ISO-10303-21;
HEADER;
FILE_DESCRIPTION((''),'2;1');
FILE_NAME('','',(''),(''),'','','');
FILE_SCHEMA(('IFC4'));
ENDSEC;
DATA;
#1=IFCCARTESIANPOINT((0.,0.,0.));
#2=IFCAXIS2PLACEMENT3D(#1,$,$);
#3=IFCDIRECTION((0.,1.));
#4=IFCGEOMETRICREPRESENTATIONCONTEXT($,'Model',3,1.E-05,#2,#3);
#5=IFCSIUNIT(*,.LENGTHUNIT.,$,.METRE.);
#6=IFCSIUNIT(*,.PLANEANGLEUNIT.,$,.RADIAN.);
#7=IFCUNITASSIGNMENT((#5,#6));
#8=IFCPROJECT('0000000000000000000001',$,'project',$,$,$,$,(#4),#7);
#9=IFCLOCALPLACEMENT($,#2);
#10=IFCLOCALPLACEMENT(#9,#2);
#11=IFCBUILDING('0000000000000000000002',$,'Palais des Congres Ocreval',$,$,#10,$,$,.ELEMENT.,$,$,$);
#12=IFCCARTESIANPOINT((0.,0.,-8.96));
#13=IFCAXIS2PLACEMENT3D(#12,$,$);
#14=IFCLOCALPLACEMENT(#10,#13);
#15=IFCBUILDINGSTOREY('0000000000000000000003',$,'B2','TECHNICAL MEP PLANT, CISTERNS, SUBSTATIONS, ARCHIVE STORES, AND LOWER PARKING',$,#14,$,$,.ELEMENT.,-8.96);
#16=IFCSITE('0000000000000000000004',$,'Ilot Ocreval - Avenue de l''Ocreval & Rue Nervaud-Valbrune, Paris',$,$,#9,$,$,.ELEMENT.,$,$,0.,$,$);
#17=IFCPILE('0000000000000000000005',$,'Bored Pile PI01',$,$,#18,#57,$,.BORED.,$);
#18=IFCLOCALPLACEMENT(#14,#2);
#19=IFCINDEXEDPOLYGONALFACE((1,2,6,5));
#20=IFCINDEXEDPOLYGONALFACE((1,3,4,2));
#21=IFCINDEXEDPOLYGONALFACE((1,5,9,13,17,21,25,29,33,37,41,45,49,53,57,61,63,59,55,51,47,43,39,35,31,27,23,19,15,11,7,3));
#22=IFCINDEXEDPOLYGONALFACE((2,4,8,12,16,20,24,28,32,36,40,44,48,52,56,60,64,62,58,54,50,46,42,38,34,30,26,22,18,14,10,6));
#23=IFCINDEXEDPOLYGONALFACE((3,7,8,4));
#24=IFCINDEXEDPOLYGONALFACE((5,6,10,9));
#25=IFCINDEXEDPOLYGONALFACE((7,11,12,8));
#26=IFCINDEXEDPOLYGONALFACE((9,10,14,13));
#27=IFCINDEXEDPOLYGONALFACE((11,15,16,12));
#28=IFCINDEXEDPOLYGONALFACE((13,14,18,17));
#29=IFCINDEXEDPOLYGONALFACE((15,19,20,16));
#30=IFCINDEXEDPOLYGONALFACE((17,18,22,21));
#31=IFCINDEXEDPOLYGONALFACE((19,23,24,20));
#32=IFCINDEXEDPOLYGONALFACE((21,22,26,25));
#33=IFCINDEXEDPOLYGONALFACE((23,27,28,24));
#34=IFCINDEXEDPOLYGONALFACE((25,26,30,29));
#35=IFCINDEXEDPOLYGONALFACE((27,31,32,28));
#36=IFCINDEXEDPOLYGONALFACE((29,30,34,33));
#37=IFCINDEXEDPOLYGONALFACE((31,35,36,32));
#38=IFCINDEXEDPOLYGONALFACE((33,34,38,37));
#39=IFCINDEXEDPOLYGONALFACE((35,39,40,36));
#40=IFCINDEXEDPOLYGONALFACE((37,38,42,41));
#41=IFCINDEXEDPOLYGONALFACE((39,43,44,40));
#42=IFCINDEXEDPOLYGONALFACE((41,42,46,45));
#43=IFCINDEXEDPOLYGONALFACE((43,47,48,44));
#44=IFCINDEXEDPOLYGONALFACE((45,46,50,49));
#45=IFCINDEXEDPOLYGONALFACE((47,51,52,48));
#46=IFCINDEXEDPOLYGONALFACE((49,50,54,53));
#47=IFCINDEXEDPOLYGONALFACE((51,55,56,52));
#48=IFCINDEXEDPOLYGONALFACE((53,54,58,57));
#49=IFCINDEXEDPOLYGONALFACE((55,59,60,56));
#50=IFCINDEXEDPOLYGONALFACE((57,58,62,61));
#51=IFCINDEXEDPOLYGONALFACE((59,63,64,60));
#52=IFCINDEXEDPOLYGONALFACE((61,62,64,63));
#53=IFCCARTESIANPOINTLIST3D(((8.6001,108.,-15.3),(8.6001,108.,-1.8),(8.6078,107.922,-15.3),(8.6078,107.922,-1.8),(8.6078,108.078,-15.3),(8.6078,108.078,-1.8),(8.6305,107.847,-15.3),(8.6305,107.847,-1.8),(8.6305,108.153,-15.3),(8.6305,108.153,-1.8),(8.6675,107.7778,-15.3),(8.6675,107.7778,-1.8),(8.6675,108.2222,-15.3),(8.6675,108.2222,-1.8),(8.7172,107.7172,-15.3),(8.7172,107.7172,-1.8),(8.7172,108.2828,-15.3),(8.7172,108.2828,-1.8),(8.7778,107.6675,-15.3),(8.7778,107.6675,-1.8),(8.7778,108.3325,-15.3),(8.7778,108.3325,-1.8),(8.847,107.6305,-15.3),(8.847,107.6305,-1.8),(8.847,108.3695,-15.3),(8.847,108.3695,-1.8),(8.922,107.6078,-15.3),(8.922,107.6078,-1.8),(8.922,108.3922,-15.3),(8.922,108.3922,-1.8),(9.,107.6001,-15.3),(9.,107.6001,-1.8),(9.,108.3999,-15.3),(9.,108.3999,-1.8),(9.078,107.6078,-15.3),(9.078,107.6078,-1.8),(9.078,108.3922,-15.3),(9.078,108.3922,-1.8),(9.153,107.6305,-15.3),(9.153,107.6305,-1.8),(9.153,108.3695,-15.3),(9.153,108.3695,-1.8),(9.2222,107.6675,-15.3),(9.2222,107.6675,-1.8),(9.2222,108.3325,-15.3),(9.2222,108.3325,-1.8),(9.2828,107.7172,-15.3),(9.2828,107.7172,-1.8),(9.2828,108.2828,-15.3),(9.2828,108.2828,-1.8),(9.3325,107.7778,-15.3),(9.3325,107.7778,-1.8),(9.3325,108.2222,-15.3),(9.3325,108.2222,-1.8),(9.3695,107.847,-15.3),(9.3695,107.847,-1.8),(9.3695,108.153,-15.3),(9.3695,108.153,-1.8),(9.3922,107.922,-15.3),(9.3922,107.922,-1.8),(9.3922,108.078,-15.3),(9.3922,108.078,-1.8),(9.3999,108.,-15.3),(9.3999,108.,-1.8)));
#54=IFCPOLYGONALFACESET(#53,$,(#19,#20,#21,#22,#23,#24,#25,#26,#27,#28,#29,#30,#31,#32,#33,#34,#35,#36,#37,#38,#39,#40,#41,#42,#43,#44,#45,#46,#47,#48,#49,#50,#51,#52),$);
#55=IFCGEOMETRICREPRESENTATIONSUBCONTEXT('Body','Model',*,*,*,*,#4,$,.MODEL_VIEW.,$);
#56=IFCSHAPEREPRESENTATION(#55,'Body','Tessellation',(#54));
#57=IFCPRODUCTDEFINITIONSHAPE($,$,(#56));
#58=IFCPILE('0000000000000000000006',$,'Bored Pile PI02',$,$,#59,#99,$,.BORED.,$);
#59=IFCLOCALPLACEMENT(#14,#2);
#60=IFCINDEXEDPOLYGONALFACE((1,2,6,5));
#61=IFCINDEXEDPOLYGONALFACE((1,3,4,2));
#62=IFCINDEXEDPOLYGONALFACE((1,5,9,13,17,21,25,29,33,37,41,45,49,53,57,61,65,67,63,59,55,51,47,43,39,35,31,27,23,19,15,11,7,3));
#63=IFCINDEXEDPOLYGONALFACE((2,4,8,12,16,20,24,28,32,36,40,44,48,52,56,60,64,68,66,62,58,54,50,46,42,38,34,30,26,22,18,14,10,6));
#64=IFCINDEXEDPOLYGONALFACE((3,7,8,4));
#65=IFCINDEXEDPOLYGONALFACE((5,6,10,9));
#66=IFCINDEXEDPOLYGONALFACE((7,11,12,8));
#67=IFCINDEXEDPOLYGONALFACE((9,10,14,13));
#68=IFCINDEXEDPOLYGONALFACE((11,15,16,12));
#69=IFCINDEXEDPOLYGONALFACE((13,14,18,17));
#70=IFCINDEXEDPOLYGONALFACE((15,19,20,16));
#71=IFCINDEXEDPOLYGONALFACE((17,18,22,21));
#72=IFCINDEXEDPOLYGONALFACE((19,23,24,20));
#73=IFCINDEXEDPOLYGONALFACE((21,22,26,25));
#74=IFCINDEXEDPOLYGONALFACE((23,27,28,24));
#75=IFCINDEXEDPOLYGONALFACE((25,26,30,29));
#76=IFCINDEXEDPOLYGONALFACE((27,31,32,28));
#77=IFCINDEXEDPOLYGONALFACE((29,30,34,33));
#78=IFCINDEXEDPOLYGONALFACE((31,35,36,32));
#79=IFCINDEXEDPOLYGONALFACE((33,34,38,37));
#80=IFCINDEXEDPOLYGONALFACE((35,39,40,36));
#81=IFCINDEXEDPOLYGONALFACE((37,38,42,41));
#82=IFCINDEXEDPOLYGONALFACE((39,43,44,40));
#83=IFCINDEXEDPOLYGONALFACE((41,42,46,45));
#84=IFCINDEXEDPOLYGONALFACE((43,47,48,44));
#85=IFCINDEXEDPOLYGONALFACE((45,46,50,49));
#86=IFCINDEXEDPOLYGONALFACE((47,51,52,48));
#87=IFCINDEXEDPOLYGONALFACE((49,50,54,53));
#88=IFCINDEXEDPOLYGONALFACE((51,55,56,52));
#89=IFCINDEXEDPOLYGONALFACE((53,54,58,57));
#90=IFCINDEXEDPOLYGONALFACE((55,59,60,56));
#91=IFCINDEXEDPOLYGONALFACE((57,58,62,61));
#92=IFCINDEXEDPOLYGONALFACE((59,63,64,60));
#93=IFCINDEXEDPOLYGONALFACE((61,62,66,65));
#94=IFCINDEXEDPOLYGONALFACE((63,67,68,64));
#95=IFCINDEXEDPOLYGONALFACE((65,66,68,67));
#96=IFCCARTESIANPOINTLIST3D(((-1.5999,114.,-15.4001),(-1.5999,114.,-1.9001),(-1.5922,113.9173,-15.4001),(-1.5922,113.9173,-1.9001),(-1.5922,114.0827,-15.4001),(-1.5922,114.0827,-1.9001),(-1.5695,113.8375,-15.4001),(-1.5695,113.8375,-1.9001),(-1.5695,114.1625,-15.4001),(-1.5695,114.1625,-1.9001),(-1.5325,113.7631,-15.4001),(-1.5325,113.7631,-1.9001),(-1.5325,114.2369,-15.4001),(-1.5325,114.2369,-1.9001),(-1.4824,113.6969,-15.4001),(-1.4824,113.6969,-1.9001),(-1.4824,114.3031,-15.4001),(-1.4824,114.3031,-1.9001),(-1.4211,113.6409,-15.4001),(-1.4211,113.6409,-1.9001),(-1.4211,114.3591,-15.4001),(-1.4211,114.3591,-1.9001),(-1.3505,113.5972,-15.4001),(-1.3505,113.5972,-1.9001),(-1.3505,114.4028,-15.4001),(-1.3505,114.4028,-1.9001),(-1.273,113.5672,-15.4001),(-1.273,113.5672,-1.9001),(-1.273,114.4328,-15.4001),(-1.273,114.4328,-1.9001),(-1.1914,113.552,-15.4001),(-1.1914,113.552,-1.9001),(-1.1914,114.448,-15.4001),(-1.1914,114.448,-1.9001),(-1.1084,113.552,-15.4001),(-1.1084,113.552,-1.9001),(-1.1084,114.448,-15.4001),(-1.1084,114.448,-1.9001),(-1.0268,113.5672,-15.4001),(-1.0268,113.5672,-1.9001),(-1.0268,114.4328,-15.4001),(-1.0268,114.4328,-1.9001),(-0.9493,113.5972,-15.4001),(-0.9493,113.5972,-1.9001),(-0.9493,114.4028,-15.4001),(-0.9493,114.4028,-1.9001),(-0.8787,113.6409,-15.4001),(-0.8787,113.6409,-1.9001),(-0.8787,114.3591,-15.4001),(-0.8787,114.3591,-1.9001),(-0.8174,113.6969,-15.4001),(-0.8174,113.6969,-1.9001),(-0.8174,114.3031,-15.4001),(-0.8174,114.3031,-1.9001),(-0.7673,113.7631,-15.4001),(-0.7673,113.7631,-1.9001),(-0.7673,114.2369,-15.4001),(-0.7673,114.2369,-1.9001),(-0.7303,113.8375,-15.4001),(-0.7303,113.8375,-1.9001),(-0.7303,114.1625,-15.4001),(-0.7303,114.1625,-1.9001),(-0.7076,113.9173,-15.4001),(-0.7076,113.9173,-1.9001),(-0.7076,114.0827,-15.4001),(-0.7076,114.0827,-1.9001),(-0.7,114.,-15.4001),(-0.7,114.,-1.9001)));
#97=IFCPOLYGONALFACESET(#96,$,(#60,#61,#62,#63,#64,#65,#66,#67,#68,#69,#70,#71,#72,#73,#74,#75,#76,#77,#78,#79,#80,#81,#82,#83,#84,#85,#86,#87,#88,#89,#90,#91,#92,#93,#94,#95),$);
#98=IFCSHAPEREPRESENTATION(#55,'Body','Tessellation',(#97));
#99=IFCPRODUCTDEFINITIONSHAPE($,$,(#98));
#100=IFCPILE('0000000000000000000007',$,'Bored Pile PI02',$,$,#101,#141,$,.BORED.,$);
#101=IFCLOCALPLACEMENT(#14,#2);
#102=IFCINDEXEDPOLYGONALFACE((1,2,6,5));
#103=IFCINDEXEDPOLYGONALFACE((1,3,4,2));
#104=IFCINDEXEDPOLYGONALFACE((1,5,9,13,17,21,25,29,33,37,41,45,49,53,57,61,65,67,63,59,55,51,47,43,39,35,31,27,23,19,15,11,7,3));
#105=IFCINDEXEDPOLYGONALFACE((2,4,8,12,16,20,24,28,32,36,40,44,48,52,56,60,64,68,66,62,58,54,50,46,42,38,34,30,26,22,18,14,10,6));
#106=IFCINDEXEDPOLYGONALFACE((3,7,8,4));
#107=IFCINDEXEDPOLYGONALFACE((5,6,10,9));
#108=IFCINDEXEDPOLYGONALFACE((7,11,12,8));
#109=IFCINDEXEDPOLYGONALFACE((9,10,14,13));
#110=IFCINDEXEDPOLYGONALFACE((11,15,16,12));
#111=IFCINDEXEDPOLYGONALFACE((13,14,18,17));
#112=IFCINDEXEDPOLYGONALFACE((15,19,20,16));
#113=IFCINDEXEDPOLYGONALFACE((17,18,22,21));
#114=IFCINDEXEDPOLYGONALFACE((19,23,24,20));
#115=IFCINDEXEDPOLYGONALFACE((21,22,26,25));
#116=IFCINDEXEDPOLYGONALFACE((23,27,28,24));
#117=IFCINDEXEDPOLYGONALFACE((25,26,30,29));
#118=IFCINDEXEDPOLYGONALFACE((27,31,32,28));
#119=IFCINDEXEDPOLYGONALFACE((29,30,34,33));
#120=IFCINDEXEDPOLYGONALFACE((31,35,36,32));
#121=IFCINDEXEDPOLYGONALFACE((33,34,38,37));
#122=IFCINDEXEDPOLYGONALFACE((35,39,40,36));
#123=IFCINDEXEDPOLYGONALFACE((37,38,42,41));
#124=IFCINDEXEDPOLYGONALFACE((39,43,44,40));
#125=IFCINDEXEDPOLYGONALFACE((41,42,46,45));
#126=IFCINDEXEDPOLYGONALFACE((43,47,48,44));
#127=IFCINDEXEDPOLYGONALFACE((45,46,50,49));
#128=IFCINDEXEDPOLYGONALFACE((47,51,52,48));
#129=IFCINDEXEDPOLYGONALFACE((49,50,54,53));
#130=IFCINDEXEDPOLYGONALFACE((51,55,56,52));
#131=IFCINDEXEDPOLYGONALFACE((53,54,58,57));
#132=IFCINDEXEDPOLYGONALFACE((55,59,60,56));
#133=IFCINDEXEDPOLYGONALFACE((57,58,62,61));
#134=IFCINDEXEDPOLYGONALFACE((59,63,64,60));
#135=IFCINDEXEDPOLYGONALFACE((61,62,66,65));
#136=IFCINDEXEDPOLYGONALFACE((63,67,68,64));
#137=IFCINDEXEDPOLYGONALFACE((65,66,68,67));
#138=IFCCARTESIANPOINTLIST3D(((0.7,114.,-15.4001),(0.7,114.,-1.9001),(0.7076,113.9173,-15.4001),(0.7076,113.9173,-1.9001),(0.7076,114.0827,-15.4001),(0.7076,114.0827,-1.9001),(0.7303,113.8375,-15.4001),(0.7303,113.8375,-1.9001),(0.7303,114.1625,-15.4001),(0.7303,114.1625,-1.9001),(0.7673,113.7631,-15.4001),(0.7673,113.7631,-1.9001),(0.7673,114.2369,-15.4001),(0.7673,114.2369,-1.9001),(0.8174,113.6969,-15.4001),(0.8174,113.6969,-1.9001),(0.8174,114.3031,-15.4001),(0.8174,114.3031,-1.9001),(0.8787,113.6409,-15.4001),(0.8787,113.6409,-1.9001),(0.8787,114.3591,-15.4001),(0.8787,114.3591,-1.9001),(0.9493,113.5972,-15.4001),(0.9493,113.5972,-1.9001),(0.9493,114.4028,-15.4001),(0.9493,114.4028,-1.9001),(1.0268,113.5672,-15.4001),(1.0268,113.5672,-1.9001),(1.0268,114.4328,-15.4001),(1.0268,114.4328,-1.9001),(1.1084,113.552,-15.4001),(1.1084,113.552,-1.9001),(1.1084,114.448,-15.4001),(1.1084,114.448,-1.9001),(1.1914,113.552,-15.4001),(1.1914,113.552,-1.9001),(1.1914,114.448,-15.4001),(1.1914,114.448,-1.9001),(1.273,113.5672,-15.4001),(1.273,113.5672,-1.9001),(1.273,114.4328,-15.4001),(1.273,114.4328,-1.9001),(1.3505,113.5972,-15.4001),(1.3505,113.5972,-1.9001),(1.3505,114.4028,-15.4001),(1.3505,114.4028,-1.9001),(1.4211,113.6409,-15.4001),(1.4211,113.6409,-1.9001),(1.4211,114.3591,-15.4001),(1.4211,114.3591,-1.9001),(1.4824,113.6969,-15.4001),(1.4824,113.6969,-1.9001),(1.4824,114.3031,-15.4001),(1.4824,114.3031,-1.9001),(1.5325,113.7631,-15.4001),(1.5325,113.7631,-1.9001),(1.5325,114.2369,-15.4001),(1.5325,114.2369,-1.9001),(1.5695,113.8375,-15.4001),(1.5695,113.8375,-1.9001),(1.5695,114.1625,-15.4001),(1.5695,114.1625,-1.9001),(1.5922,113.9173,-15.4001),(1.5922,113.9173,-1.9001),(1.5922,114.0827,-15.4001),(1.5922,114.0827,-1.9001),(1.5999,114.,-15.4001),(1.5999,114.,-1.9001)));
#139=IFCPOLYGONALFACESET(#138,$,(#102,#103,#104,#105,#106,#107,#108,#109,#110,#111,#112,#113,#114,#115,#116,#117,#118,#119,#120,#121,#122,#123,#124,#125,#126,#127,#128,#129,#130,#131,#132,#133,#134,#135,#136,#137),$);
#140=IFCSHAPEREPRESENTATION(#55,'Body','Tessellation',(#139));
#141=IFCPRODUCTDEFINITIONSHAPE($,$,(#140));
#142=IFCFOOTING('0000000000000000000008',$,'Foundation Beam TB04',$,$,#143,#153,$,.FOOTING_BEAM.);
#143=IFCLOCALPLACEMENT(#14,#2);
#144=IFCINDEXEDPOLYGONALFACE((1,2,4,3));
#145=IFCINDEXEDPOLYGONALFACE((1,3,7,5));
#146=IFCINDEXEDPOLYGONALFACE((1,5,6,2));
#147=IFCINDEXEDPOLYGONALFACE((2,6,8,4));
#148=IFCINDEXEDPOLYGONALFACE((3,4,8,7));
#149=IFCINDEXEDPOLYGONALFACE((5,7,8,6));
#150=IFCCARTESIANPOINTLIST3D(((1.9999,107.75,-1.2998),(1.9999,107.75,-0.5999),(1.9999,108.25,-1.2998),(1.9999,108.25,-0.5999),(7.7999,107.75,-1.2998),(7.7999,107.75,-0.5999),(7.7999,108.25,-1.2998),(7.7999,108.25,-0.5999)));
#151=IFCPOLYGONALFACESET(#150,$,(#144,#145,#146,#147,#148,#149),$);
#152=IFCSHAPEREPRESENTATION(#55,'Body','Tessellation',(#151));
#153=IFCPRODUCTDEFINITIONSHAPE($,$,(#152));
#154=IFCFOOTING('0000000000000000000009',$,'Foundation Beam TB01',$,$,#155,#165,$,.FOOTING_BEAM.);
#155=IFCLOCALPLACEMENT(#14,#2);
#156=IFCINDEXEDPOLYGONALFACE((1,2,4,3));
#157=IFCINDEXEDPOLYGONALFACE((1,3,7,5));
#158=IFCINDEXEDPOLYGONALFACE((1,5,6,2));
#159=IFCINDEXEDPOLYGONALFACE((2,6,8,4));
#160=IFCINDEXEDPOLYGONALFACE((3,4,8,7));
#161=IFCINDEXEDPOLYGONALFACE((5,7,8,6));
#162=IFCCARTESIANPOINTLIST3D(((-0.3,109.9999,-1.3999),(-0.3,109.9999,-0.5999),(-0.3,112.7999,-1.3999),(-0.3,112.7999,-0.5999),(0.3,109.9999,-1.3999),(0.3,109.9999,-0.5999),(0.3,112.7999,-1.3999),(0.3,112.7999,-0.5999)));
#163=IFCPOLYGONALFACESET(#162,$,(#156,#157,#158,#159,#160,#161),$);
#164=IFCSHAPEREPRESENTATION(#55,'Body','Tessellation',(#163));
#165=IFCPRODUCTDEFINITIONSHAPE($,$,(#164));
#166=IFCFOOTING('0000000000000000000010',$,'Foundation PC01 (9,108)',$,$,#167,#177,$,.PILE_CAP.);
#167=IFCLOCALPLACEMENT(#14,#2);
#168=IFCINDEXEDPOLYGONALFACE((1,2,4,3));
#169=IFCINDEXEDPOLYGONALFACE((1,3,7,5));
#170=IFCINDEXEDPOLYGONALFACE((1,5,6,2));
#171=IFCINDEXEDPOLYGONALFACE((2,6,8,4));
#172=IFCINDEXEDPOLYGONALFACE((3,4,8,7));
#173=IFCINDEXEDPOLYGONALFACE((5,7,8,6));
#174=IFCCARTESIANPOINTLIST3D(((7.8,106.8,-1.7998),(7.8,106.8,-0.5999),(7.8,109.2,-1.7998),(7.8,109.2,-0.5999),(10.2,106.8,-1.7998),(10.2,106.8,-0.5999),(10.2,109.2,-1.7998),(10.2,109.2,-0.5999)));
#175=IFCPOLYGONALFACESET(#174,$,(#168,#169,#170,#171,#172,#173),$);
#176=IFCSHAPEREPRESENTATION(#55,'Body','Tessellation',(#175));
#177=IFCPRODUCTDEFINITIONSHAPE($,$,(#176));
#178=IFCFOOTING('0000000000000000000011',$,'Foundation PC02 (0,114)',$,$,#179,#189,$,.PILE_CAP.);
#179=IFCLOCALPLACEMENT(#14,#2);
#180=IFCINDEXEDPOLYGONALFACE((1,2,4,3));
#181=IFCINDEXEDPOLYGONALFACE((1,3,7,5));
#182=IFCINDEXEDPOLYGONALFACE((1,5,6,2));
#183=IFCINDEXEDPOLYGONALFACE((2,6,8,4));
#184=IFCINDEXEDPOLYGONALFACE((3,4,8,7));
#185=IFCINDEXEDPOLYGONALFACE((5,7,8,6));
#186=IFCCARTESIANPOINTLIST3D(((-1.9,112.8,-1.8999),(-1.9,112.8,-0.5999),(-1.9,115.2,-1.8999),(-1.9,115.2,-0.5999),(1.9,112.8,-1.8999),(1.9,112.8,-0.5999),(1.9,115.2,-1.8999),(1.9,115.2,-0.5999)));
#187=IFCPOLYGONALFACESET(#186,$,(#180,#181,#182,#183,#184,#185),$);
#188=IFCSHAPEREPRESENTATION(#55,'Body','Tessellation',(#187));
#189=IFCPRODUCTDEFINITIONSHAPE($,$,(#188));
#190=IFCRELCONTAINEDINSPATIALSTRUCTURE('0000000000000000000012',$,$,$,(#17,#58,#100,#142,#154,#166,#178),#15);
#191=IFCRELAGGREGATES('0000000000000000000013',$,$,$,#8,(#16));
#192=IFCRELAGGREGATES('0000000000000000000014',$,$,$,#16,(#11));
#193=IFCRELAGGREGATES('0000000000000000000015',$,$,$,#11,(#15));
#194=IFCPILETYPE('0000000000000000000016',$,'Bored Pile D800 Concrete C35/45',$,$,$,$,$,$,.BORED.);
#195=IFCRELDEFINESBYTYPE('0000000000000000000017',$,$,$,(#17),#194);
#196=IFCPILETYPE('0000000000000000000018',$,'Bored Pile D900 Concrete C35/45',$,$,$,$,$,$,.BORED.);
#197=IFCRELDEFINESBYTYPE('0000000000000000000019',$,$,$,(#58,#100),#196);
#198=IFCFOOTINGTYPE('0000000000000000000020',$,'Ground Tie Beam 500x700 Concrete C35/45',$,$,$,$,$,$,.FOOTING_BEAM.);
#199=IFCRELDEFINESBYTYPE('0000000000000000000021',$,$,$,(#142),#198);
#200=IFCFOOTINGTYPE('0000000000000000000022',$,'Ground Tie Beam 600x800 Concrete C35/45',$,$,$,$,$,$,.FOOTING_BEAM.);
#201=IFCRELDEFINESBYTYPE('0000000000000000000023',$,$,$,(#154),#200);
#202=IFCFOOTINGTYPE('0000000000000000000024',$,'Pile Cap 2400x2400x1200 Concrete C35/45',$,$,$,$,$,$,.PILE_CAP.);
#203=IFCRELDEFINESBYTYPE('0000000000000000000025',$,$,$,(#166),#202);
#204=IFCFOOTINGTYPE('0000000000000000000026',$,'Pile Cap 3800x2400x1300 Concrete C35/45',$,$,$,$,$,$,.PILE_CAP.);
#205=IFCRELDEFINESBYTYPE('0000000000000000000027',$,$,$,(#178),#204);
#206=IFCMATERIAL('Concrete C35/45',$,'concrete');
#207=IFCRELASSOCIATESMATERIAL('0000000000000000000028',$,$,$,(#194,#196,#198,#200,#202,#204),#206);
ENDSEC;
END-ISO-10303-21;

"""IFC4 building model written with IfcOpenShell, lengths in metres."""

from ifc_helpers import new_model, si_unit, direction, frame, origin, origin_2d, place, context, subcontext, project, spatial, rectangle, circle, extrude, material, material_profile, profile_set, type_object, element, save


model = new_model("IFC4")

# Units and contexts
model_context = context("Model", 3, precision=1e-05, world=origin(), true_north=direction((0.0, 1.0)))
body_context = subcontext(model_context, "Body", "Model", "MODEL_VIEW")
ifc_project = project(units=[si_unit("LENGTHUNIT", "METRE"), si_unit("PLANEANGLEUNIT", "RADIAN")], contexts=[model_context])

# Site, building, storey
site_placement = place(None, origin())
site = spatial("IfcSite", under=ifc_project, at=site_placement, Name="Ilot Ocreval - Avenue de l'Ocreval & Rue Nervaud-Valbrune, Paris", CompositionType="ELEMENT", RefElevation=0.0)
building_placement = place(site_placement, origin())
building = spatial("IfcBuilding", under=site, at=building_placement, Name="Palais des Congres Ocreval", CompositionType="ELEMENT")
storey_placement = place(building_placement, frame((0.0, 0.0, -8.96)))
storey = spatial("IfcBuildingStorey", under=building, at=storey_placement, Name="B2", Description="TECHNICAL MEP PLANT, CISTERNS, SUBSTATIONS, ARCHIVE STORES, AND LOWER PARKING", CompositionType="ELEMENT", Elevation=-8.96)

# Piles
ifc_material_1 = material(Name="Concrete C35/45", Category="concrete")
ifc_material_profile_1 = material_profile(ifc_material_1, circle(Radius=0.3999, at=origin_2d()), Name="BORED PILE 800")
ifc_profile_set_1 = profile_set([ifc_material_profile_1], Name="Concrete C35/45")
pile_type_1 = type_object("IfcPileType", Name="Bored Pile D800 Concrete C35/45", PredefinedType="BORED", material=ifc_profile_set_1)
pile_placement = place(storey_placement, frame((9.0, 108.0, -1.8), z_axis=(0.0, 0.0, -1.0), x_axis=(1.0, 0.0, 0.0)))
element("IfcPile", 1, at=pile_placement, inside=storey, type_object=pile_type_1, Name="Bored Pile PI01", PredefinedType="BORED", context=body_context, shape_type="SweptSolid", body=[
    extrude(circle(Radius=0.3999, at=origin_2d()), origin(), (0.0, 0.0, 1.0), 13.5),
])
ifc_material_profile_2 = material_profile(ifc_material_1, circle(Radius=0.45, at=origin_2d()), Name="BORED PILE 900")
ifc_profile_set_2 = profile_set([ifc_material_profile_2], Name="Concrete C35/45")
pile_type_2 = type_object("IfcPileType", Name="Bored Pile D900 Concrete C35/45", PredefinedType="BORED", material=ifc_profile_set_2)
for number, where, z_axis, x_axis, name in (
    (2, (-1.1499, 114.0, -1.9001), (0.0, 0.0, -1.0), (1.0, 0.0, 0.0), "Bored Pile PI02"),
    (3, (1.1499, 114.0, -1.9001), (0.0, 0.0, -1.0), (1.0, 0.0, 0.0), "Bored Pile PI02"),
):
    element("IfcPile", number, at=place(storey_placement, frame(where, z_axis=z_axis, x_axis=x_axis)), inside=storey, type_object=pile_type_2, Name=name, PredefinedType="BORED", context=body_context, shape_type="SweptSolid", body=[
        extrude(circle(Radius=0.45, at=origin_2d()), origin(), (0.0, 0.0, 1.0), 13.5),
    ])

# Footings
footing_type_1 = type_object("IfcFootingType", Name="Ground Tie Beam 500x700 Concrete C35/45", PredefinedType="FOOTING_BEAM", material=ifc_material_1)
footing_1_placement = place(storey_placement, frame((4.8999, 108.0, -1.2998), z_axis=(0.0, 0.0, 1.0), x_axis=(1.0, 0.0, 0.0)))
element("IfcFooting", 4, at=footing_1_placement, inside=storey, type_object=footing_type_1, Name="Foundation Beam TB04", PredefinedType="FOOTING_BEAM", context=body_context, shape_type="SweptSolid", body=[
    extrude(rectangle(XDim=5.8, YDim=0.5, at=origin_2d()), origin(), (0.0, 0.0, 1.0), 0.7),
])
footing_type_2 = type_object("IfcFootingType", Name="Ground Tie Beam 600x800 Concrete C35/45", PredefinedType="FOOTING_BEAM", material=ifc_material_1)
footing_2_placement = place(storey_placement, frame((0.0, 111.3999, -1.3999), z_axis=(0.0, 0.0, 1.0), x_axis=(0.0, 1.0, 0.0)))
element("IfcFooting", 5, at=footing_2_placement, inside=storey, type_object=footing_type_2, Name="Foundation Beam TB01", PredefinedType="FOOTING_BEAM", context=body_context, shape_type="SweptSolid", body=[
    extrude(rectangle(XDim=2.8, YDim=0.6001, at=origin_2d()), origin(), (0.0, 0.0, 1.0), 0.8),
])
footing_type_3 = type_object("IfcFootingType", Name="Pile Cap 2400x2400x1200 Concrete C35/45", PredefinedType="PILE_CAP", material=ifc_material_1)
footing_3_placement = place(storey_placement, frame((9.0, 108.0, -1.7998), z_axis=(0.0, 0.0, 1.0), x_axis=(1.0, 0.0, 0.0)))
element("IfcFooting", 6, at=footing_3_placement, inside=storey, type_object=footing_type_3, Name="Foundation PC01 (9,108)", PredefinedType="PILE_CAP", context=body_context, shape_type="SweptSolid", body=[
    extrude(rectangle(XDim=2.3999, YDim=2.3999, at=origin_2d()), origin(), (0.0, 0.0, 1.0), 1.2),
])
footing_type_4 = type_object("IfcFootingType", Name="Pile Cap 3800x2400x1300 Concrete C35/45", PredefinedType="PILE_CAP", material=ifc_material_1)
footing_4_placement = place(storey_placement, frame((0.0, 114.0, -1.8999), z_axis=(0.0, 0.0, 1.0), x_axis=(1.0, 0.0, 0.0)))
element("IfcFooting", 7, at=footing_4_placement, inside=storey, type_object=footing_type_4, Name="Foundation PC02 (0,114)", PredefinedType="PILE_CAP", context=body_context, shape_type="SweptSolid", body=[
    extrude(rectangle(XDim=3.8, YDim=2.3999, at=origin_2d()), origin(), (0.0, 0.0, 1.0), 1.3),
])

save(model, "model.ifc")
